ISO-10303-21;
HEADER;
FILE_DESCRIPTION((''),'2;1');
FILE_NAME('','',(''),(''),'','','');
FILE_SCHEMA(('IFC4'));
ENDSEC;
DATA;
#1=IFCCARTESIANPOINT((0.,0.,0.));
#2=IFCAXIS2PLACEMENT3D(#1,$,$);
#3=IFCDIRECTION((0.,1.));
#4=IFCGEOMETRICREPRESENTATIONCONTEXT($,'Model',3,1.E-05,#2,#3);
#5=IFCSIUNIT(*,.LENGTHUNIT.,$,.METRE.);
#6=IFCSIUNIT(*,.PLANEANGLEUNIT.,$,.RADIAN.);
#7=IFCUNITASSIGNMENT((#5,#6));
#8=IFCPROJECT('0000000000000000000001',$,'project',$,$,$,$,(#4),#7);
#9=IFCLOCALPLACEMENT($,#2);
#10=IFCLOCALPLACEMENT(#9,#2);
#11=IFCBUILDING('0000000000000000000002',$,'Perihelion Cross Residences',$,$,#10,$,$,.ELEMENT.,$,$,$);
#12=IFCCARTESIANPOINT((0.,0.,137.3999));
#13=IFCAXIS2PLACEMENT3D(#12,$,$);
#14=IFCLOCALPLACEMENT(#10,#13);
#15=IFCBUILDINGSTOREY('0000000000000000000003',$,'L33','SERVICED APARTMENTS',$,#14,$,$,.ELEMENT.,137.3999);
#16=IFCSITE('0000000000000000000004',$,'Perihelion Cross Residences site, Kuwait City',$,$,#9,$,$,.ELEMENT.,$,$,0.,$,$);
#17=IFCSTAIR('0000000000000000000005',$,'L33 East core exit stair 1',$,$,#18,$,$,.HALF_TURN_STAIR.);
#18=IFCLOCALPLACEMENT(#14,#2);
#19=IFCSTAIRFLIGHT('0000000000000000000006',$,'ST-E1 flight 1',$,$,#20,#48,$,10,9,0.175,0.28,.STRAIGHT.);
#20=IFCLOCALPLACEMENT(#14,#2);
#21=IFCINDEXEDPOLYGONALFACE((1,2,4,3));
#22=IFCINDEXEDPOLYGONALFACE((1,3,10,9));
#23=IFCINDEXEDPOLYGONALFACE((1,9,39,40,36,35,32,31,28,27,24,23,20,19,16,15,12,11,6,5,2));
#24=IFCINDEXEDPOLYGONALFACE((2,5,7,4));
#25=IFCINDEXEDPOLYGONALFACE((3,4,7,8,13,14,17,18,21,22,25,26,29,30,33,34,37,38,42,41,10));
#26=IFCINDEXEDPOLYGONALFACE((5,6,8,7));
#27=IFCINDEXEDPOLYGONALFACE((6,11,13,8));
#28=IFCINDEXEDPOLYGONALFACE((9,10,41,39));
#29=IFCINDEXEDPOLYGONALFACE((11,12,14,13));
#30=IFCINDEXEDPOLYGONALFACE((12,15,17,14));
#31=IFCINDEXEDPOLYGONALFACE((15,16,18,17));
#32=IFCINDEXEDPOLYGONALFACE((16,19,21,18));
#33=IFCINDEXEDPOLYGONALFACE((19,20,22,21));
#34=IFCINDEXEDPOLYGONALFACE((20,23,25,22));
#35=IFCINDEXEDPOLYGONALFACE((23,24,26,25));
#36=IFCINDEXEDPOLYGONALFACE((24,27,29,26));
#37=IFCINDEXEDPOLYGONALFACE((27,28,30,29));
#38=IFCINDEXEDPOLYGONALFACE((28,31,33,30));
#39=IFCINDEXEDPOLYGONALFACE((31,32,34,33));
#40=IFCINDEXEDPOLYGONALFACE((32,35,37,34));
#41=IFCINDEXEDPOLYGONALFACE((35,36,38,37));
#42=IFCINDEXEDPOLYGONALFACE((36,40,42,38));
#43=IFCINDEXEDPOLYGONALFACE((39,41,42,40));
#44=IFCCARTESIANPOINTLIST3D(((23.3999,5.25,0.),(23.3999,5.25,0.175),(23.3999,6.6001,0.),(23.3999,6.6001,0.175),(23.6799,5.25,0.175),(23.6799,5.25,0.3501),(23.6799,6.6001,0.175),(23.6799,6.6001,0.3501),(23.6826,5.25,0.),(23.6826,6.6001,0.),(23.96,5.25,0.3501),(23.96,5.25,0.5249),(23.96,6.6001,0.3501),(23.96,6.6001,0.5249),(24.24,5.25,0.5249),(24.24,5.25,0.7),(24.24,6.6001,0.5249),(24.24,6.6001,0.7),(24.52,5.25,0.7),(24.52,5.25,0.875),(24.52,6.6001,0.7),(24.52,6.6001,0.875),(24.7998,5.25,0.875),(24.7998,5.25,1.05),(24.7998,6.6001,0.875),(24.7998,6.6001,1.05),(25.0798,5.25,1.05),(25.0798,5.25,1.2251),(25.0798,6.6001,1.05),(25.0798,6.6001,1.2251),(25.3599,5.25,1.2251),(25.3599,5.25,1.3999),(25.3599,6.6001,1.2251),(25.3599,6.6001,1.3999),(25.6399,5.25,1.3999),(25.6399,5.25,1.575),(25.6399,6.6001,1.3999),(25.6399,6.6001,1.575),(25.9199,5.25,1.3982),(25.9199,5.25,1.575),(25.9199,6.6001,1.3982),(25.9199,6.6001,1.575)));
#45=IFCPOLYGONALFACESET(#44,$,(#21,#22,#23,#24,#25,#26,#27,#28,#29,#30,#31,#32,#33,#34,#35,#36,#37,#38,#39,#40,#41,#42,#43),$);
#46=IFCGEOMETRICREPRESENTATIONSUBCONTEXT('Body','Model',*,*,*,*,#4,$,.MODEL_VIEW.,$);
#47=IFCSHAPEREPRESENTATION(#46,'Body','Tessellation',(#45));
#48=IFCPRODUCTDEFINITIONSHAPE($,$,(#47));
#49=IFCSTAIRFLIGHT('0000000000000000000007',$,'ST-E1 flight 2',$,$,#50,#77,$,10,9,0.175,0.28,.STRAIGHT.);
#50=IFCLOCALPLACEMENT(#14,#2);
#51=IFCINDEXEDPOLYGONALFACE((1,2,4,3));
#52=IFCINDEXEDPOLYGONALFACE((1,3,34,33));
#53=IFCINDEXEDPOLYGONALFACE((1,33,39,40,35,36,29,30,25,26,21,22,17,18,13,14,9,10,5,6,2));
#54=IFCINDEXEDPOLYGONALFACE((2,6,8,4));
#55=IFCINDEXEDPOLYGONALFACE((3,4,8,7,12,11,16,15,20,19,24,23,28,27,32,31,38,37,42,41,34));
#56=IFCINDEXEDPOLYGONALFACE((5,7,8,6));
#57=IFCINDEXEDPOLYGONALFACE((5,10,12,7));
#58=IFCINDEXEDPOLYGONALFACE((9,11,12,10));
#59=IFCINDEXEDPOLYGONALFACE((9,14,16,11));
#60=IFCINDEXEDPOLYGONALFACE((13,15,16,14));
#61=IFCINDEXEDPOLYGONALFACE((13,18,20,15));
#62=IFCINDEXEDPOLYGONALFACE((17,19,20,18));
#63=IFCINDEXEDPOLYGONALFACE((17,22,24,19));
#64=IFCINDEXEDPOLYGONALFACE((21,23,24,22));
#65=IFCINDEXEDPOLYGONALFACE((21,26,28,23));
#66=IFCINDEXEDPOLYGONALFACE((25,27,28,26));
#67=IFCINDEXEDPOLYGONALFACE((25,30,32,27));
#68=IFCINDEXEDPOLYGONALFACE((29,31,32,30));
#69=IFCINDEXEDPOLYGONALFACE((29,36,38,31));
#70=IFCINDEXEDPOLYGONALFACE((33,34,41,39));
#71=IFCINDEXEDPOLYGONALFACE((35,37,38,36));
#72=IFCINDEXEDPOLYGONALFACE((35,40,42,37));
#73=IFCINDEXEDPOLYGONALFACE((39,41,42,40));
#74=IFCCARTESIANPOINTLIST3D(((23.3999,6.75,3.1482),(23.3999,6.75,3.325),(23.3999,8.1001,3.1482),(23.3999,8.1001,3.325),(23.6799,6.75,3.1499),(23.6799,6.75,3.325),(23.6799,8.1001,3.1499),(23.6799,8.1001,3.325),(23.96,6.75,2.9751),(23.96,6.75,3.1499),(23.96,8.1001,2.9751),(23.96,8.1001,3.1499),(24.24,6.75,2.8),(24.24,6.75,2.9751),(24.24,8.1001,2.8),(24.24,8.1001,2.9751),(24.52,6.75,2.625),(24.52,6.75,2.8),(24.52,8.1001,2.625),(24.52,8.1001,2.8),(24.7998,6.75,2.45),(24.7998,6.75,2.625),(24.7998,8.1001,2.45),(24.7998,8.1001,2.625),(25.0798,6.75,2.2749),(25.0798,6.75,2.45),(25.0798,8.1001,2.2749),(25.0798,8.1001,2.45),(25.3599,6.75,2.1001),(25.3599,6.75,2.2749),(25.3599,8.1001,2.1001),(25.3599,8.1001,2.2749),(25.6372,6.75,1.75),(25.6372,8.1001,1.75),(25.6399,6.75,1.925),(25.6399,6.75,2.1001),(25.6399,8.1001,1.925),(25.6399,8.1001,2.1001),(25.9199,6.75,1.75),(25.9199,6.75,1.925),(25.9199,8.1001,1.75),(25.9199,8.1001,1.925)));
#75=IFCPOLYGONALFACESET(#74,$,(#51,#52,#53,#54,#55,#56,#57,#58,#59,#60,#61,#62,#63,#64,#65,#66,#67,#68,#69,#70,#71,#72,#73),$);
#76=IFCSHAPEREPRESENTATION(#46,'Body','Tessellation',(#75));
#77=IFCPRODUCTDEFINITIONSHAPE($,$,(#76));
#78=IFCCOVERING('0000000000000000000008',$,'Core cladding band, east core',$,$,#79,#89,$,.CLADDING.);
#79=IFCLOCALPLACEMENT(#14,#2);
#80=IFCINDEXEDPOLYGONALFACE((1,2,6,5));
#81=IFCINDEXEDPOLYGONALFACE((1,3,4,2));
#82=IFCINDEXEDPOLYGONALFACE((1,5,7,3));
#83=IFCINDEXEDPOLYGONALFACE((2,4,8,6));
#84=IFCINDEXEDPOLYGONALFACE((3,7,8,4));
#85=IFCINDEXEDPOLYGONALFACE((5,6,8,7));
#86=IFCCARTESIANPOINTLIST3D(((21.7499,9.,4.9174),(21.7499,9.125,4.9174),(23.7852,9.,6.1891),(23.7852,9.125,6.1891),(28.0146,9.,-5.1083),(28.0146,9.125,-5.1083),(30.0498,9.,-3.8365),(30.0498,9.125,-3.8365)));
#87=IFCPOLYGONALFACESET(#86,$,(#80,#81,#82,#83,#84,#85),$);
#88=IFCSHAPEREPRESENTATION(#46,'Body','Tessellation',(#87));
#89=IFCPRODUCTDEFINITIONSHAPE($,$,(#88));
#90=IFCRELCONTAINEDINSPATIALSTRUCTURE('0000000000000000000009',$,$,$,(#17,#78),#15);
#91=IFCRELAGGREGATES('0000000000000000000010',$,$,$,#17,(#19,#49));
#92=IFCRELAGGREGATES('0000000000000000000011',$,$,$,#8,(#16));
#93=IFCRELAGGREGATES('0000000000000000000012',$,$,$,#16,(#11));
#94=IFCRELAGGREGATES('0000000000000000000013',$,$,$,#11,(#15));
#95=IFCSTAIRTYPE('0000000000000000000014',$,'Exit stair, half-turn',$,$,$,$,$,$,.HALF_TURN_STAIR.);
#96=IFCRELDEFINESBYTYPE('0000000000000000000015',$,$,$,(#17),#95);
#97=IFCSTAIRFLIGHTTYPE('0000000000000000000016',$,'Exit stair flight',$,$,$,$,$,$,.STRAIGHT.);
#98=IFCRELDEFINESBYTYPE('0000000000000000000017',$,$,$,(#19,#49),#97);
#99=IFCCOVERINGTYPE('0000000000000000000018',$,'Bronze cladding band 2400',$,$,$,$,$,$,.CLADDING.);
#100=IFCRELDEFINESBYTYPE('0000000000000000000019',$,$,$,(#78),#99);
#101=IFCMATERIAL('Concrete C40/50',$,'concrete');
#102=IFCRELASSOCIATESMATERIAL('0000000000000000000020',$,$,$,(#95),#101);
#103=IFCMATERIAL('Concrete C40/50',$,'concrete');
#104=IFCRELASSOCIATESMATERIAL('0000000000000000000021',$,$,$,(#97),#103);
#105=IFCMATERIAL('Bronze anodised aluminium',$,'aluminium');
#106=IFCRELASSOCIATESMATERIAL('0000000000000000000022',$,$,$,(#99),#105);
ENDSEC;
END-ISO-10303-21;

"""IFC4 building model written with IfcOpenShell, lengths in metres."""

from ifc_helpers import new_model, si_unit, direction, frame, origin, origin_2d, place, context, subcontext, project, spatial, polyline, rectangle, outline, extrude, material, material_profile, profile_set, type_object, element, aggregate, save


model = new_model("IFC4")

# Units and contexts
model_context = context("Model", 3, precision=1e-05, world=origin(), true_north=direction((0.0, 1.0)))
body_context = subcontext(model_context, "Body", "Model", "MODEL_VIEW")
ifc_project = project(units=[si_unit("LENGTHUNIT", "METRE"), si_unit("PLANEANGLEUNIT", "RADIAN")], contexts=[model_context])

# Site, building, storey
site_placement = place(None, origin())
site = spatial("IfcSite", under=ifc_project, at=site_placement, Name="Perihelion Cross Residences site, Kuwait City", CompositionType="ELEMENT", RefElevation=0.0)
building_placement = place(site_placement, origin())
building = spatial("IfcBuilding", under=site, at=building_placement, Name="Perihelion Cross Residences", CompositionType="ELEMENT")
storey_placement = place(building_placement, frame((0.0, 0.0, 137.3999)))
storey = spatial("IfcBuildingStorey", under=building, at=storey_placement, Name="L33", Description="SERVICED APARTMENTS", CompositionType="ELEMENT", Elevation=137.3999)

# Stair, stair flights
ifc_material_1 = material(Name="Concrete C40/50", Category="concrete")
stair_type = type_object("IfcStairType", Name="Exit stair, half-turn", PredefinedType="HALF_TURN_STAIR", material=ifc_material_1)
stair_placement = place(storey_placement, origin())
stair = element("IfcStair", 1, at=stair_placement, inside=storey, type_object=stair_type, Name="L33 East core exit stair 1", PredefinedType="HALF_TURN_STAIR")
ifc_material_2 = material(Name="Concrete C40/50", Category="concrete")
stair_flight_type = type_object("IfcStairFlightType", Name="Exit stair flight", PredefinedType="STRAIGHT", material=ifc_material_2)
stair_flight_1_placement = place(storey_placement, frame((23.3999, 5.925, 0.0), z_axis=(0.0, 0.0, 1.0), x_axis=(1.0, 0.0, 0.0)))
stair_flight_1 = element("IfcStairFlight", 2, at=stair_flight_1_placement, type_object=stair_flight_type, Name="ST-E1 flight 1", NumberOfRisers=10, NumberOfTreads=9, PredefinedType="STRAIGHT", RiserHeight=0.175, TreadLength=0.28, context=body_context, shape_type="SweptSolid", body=[
    extrude(outline(polyline([(0.0, 0.0), (0.0, 0.175), (0.28, 0.175), (0.28, 0.3501), (0.5601, 0.3501), (0.5601, 0.5249), (0.8401, 0.5249), (0.8401, 0.7), (1.1201, 0.7), (1.1201, 0.875), (1.3999, 0.875), (1.3999, 1.05), (1.6799, 1.05), (1.6799, 1.2251), (1.96, 1.2251), (1.96, 1.3999), (2.24, 1.3999), (2.24, 1.575), (2.52, 1.575), (2.52, 1.75), (2.52, 1.3982), (0.2827, 0.0), (0.0, 0.0)])), frame((0.0, 0.675, 0.0), z_axis=(0.0, -1.0, 0.0), x_axis=(1.0, 0.0, 0.0)), (0.0, 0.0, 1.0), 1.3501),
])
stair_flight_2_placement = place(storey_placement, frame((25.9199, 7.425, 1.75), z_axis=(0.0, 0.0, 1.0), x_axis=(-1.0, 0.0, 0.0)))
stair_flight_2 = element("IfcStairFlight", 3, at=stair_flight_2_placement, type_object=stair_flight_type, Name="ST-E1 flight 2", NumberOfRisers=10, NumberOfTreads=9, PredefinedType="STRAIGHT", RiserHeight=0.175, TreadLength=0.28, context=body_context, shape_type="SweptSolid", body=[
    extrude(outline(polyline([(0.0, 0.0), (0.0, 0.175), (0.28, 0.175), (0.28, 0.3501), (0.5601, 0.3501), (0.5601, 0.5249), (0.8401, 0.5249), (0.8401, 0.7), (1.1201, 0.7), (1.1201, 0.875), (1.3999, 0.875), (1.3999, 1.05), (1.6799, 1.05), (1.6799, 1.2251), (1.96, 1.2251), (1.96, 1.3999), (2.24, 1.3999), (2.24, 1.575), (2.52, 1.575), (2.52, 1.75), (2.52, 1.3982), (0.2827, 0.0), (0.0, 0.0)])), frame((0.0, 0.675, 0.0), z_axis=(0.0, -1.0, 0.0), x_axis=(1.0, 0.0, 0.0)), (0.0, 0.0, 1.0), 1.3501),
])
aggregate(stair, [stair_flight_1, stair_flight_2])

# Covering
ifc_material_3 = material(Name="Bronze anodised aluminium", Category="aluminium")
ifc_material_profile = material_profile(ifc_material_3, rectangle(XDim=0.125, YDim=2.3999, at=origin_2d()), Name="Bronze cladding band 2400")
ifc_profile_set = profile_set([ifc_material_profile], Name="Bronze anodised aluminium")
covering_type = type_object("IfcCoveringType", Name="Bronze cladding band 2400", PredefinedType="CLADDING", material=ifc_profile_set)
covering_placement = place(storey_placement, frame((29.0322, 9.0625, -4.4724), z_axis=(-0.529915, 0.0, 0.848051), x_axis=(0.0, -1.0, 0.0)))
element("IfcCovering", 4, at=covering_placement, inside=storey, type_object=covering_type, Name="Core cladding band, east core", PredefinedType="CLADDING", context=body_context, shape_type="SweptSolid", body=[
    extrude(rectangle(XDim=0.125, YDim=2.3999, at=origin_2d()), origin(), (0.0, 0.0, 1.0), 11.822),
])

save(model, "model.ifc")
